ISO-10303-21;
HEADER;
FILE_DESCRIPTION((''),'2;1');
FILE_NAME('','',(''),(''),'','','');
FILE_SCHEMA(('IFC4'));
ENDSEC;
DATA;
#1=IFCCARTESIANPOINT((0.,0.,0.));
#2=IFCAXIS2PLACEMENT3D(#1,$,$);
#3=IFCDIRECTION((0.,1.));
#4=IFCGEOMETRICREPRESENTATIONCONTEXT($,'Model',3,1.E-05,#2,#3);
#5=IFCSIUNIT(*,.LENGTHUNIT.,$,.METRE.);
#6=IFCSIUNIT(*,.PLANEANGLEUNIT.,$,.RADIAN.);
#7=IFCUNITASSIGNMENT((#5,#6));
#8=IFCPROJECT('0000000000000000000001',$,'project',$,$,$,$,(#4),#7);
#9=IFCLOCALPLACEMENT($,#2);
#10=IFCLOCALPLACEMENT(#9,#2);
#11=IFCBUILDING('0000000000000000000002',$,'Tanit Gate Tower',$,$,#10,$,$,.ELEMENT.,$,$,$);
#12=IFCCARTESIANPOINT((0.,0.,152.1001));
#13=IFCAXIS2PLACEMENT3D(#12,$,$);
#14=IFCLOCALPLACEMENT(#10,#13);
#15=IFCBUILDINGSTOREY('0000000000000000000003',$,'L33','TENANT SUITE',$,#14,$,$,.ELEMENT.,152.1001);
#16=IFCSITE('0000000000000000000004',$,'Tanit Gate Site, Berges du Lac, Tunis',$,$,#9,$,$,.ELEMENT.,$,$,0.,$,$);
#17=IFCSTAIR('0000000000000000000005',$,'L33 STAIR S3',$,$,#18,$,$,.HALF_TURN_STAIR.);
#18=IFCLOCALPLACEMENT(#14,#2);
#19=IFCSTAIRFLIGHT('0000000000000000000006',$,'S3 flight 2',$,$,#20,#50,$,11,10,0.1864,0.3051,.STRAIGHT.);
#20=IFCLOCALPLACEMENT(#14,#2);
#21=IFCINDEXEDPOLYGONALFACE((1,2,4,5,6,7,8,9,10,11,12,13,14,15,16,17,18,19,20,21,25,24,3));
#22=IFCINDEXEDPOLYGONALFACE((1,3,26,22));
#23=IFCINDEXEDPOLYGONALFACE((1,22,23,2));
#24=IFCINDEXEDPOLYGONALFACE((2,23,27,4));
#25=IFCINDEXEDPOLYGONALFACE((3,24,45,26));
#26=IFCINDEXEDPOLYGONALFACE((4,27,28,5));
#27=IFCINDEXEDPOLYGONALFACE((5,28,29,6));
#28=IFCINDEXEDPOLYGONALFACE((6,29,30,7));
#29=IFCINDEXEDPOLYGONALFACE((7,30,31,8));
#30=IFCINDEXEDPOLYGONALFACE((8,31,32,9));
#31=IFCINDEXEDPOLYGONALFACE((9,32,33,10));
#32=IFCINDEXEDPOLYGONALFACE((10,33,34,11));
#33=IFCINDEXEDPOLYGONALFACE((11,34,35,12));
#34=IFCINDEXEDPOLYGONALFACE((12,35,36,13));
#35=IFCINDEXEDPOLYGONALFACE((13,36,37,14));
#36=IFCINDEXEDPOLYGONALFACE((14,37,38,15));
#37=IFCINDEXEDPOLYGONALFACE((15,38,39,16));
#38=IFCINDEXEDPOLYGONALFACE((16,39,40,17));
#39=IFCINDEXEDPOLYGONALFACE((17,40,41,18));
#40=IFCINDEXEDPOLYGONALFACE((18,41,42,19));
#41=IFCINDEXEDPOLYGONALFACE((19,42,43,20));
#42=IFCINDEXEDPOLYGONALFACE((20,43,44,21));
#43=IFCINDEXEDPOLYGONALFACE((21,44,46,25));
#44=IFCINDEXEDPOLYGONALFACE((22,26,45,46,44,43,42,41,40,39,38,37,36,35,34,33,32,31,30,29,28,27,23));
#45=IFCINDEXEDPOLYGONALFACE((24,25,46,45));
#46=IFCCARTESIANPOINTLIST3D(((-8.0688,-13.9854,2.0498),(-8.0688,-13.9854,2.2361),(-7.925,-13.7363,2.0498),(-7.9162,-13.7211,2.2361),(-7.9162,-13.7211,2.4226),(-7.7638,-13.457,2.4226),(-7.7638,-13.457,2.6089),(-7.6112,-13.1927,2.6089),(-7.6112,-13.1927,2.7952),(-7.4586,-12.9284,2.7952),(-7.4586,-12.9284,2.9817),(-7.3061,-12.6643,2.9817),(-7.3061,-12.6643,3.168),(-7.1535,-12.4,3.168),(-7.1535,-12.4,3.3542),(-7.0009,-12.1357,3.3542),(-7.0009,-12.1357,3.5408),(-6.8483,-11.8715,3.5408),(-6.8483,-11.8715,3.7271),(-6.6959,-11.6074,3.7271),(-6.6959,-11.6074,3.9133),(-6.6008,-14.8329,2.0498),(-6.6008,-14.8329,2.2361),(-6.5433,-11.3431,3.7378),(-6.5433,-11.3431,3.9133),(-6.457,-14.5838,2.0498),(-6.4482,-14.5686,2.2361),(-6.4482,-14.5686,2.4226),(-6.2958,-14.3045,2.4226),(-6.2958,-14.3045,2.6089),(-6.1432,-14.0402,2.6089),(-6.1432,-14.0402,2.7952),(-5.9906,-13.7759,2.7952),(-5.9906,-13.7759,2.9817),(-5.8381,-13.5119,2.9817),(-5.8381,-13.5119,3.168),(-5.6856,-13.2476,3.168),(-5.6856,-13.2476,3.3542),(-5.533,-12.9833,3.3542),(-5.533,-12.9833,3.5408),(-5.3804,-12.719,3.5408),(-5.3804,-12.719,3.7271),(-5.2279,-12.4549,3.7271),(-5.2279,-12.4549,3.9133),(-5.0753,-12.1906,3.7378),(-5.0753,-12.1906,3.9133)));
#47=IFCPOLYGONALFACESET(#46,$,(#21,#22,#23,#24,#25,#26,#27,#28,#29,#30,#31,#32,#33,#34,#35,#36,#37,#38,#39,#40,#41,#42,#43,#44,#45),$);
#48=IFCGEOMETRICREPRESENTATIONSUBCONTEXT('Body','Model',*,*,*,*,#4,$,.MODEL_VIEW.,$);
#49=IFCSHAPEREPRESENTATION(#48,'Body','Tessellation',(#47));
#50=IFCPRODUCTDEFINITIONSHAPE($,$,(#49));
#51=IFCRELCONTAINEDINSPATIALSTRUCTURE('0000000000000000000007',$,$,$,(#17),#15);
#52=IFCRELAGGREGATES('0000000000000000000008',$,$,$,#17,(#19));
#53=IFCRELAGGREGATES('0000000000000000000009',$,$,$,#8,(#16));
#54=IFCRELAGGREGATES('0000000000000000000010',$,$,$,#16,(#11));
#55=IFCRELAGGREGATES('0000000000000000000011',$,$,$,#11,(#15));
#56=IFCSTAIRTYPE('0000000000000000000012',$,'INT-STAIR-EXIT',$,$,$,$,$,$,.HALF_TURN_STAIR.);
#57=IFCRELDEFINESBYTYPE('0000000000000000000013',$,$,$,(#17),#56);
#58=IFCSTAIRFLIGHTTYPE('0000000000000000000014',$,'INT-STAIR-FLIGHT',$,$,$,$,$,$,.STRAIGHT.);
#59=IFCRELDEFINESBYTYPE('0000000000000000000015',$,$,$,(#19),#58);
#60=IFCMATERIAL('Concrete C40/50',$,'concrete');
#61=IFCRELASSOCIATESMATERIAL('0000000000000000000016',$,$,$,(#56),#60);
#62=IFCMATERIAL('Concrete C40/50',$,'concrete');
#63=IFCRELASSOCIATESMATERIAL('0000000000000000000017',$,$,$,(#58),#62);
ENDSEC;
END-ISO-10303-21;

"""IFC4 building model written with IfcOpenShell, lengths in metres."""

from ifc_helpers import new_model, si_unit, direction, frame, origin, place, context, subcontext, project, spatial, polyline, outline, extrude, material, type_object, element, aggregate, save


model = new_model("IFC4")

# Units and contexts
model_context = context("Model", 3, precision=1e-05, world=origin(), true_north=direction((0.0, 1.0)))
body_context = subcontext(model_context, "Body", "Model", "MODEL_VIEW")
ifc_project = project(units=[si_unit("LENGTHUNIT", "METRE"), si_unit("PLANEANGLEUNIT", "RADIAN")], contexts=[model_context])

# Site, building, storey
site_placement = place(None, origin())
site = spatial("IfcSite", under=ifc_project, at=site_placement, Name="Tanit Gate Site, Berges du Lac, Tunis", CompositionType="ELEMENT", RefElevation=0.0)
building_placement = place(site_placement, origin())
building = spatial("IfcBuilding", under=site, at=building_placement, Name="Tanit Gate Tower", CompositionType="ELEMENT")
storey_placement = place(building_placement, frame((0.0, 0.0, 152.1001)))
storey = spatial("IfcBuildingStorey", under=building, at=storey_placement, Name="L33", Description="TENANT SUITE", CompositionType="ELEMENT", Elevation=152.1001)

# Stair, stair flight
ifc_material_1 = material(Name="Concrete C40/50", Category="concrete")
stair_type = type_object("IfcStairType", Name="INT-STAIR-EXIT", PredefinedType="HALF_TURN_STAIR", material=ifc_material_1)
stair_placement = place(storey_placement, origin())
stair = element("IfcStair", 1, at=stair_placement, inside=storey, type_object=stair_type, Name="L33 STAIR S3", PredefinedType="HALF_TURN_STAIR")
ifc_material_2 = material(Name="Concrete C40/50", Category="concrete")
stair_flight_type = type_object("IfcStairFlightType", Name="INT-STAIR-FLIGHT", PredefinedType="STRAIGHT", material=ifc_material_2)
stair_flight_1_placement = place(storey_placement, frame((-7.3347, -14.4092, 2.0498), z_axis=(0.0, 0.0, 1.0), x_axis=(0.5, 0.866025, 0.0)))
stair_flight_1 = element("IfcStairFlight", 2, at=stair_flight_1_placement, type_object=stair_flight_type, Name="S3 flight 2", NumberOfRisers=11, NumberOfTreads=10, PredefinedType="STRAIGHT", RiserHeight=0.1864, TreadLength=0.3051, context=body_context, shape_type="SweptSolid", body=[
    extrude(outline(polyline([(0.0, 0.0), (0.0, 0.1863), (0.3052, 0.1863), (0.3052, 0.3728), (0.6101, 0.3728), (0.6101, 0.5591), (0.9153, 0.5591), (0.9153, 0.7454), (1.2205, 0.7454), (1.2205, 0.9319), (1.5254, 0.9319), (1.5254, 1.1182), (1.8306, 1.1182), (1.8306, 1.3044), (2.1357, 1.3044), (2.1357, 1.491), (2.4409, 1.491), (2.4409, 1.6772), (2.7458, 1.6772), (2.7458, 1.8635), (3.051, 1.8635), (3.051, 2.05), (3.051, 1.688), (0.2876, 0.0), (0.0, 0.0)])), frame((0.0, 0.8477, 0.0), z_axis=(0.0, -1.0, 0.0), x_axis=(1.0, 0.0, 0.0)), (0.0, 0.0, 1.0), 1.6951),
])
aggregate(stair, [stair_flight_1])

save(model, "model.ifc")
